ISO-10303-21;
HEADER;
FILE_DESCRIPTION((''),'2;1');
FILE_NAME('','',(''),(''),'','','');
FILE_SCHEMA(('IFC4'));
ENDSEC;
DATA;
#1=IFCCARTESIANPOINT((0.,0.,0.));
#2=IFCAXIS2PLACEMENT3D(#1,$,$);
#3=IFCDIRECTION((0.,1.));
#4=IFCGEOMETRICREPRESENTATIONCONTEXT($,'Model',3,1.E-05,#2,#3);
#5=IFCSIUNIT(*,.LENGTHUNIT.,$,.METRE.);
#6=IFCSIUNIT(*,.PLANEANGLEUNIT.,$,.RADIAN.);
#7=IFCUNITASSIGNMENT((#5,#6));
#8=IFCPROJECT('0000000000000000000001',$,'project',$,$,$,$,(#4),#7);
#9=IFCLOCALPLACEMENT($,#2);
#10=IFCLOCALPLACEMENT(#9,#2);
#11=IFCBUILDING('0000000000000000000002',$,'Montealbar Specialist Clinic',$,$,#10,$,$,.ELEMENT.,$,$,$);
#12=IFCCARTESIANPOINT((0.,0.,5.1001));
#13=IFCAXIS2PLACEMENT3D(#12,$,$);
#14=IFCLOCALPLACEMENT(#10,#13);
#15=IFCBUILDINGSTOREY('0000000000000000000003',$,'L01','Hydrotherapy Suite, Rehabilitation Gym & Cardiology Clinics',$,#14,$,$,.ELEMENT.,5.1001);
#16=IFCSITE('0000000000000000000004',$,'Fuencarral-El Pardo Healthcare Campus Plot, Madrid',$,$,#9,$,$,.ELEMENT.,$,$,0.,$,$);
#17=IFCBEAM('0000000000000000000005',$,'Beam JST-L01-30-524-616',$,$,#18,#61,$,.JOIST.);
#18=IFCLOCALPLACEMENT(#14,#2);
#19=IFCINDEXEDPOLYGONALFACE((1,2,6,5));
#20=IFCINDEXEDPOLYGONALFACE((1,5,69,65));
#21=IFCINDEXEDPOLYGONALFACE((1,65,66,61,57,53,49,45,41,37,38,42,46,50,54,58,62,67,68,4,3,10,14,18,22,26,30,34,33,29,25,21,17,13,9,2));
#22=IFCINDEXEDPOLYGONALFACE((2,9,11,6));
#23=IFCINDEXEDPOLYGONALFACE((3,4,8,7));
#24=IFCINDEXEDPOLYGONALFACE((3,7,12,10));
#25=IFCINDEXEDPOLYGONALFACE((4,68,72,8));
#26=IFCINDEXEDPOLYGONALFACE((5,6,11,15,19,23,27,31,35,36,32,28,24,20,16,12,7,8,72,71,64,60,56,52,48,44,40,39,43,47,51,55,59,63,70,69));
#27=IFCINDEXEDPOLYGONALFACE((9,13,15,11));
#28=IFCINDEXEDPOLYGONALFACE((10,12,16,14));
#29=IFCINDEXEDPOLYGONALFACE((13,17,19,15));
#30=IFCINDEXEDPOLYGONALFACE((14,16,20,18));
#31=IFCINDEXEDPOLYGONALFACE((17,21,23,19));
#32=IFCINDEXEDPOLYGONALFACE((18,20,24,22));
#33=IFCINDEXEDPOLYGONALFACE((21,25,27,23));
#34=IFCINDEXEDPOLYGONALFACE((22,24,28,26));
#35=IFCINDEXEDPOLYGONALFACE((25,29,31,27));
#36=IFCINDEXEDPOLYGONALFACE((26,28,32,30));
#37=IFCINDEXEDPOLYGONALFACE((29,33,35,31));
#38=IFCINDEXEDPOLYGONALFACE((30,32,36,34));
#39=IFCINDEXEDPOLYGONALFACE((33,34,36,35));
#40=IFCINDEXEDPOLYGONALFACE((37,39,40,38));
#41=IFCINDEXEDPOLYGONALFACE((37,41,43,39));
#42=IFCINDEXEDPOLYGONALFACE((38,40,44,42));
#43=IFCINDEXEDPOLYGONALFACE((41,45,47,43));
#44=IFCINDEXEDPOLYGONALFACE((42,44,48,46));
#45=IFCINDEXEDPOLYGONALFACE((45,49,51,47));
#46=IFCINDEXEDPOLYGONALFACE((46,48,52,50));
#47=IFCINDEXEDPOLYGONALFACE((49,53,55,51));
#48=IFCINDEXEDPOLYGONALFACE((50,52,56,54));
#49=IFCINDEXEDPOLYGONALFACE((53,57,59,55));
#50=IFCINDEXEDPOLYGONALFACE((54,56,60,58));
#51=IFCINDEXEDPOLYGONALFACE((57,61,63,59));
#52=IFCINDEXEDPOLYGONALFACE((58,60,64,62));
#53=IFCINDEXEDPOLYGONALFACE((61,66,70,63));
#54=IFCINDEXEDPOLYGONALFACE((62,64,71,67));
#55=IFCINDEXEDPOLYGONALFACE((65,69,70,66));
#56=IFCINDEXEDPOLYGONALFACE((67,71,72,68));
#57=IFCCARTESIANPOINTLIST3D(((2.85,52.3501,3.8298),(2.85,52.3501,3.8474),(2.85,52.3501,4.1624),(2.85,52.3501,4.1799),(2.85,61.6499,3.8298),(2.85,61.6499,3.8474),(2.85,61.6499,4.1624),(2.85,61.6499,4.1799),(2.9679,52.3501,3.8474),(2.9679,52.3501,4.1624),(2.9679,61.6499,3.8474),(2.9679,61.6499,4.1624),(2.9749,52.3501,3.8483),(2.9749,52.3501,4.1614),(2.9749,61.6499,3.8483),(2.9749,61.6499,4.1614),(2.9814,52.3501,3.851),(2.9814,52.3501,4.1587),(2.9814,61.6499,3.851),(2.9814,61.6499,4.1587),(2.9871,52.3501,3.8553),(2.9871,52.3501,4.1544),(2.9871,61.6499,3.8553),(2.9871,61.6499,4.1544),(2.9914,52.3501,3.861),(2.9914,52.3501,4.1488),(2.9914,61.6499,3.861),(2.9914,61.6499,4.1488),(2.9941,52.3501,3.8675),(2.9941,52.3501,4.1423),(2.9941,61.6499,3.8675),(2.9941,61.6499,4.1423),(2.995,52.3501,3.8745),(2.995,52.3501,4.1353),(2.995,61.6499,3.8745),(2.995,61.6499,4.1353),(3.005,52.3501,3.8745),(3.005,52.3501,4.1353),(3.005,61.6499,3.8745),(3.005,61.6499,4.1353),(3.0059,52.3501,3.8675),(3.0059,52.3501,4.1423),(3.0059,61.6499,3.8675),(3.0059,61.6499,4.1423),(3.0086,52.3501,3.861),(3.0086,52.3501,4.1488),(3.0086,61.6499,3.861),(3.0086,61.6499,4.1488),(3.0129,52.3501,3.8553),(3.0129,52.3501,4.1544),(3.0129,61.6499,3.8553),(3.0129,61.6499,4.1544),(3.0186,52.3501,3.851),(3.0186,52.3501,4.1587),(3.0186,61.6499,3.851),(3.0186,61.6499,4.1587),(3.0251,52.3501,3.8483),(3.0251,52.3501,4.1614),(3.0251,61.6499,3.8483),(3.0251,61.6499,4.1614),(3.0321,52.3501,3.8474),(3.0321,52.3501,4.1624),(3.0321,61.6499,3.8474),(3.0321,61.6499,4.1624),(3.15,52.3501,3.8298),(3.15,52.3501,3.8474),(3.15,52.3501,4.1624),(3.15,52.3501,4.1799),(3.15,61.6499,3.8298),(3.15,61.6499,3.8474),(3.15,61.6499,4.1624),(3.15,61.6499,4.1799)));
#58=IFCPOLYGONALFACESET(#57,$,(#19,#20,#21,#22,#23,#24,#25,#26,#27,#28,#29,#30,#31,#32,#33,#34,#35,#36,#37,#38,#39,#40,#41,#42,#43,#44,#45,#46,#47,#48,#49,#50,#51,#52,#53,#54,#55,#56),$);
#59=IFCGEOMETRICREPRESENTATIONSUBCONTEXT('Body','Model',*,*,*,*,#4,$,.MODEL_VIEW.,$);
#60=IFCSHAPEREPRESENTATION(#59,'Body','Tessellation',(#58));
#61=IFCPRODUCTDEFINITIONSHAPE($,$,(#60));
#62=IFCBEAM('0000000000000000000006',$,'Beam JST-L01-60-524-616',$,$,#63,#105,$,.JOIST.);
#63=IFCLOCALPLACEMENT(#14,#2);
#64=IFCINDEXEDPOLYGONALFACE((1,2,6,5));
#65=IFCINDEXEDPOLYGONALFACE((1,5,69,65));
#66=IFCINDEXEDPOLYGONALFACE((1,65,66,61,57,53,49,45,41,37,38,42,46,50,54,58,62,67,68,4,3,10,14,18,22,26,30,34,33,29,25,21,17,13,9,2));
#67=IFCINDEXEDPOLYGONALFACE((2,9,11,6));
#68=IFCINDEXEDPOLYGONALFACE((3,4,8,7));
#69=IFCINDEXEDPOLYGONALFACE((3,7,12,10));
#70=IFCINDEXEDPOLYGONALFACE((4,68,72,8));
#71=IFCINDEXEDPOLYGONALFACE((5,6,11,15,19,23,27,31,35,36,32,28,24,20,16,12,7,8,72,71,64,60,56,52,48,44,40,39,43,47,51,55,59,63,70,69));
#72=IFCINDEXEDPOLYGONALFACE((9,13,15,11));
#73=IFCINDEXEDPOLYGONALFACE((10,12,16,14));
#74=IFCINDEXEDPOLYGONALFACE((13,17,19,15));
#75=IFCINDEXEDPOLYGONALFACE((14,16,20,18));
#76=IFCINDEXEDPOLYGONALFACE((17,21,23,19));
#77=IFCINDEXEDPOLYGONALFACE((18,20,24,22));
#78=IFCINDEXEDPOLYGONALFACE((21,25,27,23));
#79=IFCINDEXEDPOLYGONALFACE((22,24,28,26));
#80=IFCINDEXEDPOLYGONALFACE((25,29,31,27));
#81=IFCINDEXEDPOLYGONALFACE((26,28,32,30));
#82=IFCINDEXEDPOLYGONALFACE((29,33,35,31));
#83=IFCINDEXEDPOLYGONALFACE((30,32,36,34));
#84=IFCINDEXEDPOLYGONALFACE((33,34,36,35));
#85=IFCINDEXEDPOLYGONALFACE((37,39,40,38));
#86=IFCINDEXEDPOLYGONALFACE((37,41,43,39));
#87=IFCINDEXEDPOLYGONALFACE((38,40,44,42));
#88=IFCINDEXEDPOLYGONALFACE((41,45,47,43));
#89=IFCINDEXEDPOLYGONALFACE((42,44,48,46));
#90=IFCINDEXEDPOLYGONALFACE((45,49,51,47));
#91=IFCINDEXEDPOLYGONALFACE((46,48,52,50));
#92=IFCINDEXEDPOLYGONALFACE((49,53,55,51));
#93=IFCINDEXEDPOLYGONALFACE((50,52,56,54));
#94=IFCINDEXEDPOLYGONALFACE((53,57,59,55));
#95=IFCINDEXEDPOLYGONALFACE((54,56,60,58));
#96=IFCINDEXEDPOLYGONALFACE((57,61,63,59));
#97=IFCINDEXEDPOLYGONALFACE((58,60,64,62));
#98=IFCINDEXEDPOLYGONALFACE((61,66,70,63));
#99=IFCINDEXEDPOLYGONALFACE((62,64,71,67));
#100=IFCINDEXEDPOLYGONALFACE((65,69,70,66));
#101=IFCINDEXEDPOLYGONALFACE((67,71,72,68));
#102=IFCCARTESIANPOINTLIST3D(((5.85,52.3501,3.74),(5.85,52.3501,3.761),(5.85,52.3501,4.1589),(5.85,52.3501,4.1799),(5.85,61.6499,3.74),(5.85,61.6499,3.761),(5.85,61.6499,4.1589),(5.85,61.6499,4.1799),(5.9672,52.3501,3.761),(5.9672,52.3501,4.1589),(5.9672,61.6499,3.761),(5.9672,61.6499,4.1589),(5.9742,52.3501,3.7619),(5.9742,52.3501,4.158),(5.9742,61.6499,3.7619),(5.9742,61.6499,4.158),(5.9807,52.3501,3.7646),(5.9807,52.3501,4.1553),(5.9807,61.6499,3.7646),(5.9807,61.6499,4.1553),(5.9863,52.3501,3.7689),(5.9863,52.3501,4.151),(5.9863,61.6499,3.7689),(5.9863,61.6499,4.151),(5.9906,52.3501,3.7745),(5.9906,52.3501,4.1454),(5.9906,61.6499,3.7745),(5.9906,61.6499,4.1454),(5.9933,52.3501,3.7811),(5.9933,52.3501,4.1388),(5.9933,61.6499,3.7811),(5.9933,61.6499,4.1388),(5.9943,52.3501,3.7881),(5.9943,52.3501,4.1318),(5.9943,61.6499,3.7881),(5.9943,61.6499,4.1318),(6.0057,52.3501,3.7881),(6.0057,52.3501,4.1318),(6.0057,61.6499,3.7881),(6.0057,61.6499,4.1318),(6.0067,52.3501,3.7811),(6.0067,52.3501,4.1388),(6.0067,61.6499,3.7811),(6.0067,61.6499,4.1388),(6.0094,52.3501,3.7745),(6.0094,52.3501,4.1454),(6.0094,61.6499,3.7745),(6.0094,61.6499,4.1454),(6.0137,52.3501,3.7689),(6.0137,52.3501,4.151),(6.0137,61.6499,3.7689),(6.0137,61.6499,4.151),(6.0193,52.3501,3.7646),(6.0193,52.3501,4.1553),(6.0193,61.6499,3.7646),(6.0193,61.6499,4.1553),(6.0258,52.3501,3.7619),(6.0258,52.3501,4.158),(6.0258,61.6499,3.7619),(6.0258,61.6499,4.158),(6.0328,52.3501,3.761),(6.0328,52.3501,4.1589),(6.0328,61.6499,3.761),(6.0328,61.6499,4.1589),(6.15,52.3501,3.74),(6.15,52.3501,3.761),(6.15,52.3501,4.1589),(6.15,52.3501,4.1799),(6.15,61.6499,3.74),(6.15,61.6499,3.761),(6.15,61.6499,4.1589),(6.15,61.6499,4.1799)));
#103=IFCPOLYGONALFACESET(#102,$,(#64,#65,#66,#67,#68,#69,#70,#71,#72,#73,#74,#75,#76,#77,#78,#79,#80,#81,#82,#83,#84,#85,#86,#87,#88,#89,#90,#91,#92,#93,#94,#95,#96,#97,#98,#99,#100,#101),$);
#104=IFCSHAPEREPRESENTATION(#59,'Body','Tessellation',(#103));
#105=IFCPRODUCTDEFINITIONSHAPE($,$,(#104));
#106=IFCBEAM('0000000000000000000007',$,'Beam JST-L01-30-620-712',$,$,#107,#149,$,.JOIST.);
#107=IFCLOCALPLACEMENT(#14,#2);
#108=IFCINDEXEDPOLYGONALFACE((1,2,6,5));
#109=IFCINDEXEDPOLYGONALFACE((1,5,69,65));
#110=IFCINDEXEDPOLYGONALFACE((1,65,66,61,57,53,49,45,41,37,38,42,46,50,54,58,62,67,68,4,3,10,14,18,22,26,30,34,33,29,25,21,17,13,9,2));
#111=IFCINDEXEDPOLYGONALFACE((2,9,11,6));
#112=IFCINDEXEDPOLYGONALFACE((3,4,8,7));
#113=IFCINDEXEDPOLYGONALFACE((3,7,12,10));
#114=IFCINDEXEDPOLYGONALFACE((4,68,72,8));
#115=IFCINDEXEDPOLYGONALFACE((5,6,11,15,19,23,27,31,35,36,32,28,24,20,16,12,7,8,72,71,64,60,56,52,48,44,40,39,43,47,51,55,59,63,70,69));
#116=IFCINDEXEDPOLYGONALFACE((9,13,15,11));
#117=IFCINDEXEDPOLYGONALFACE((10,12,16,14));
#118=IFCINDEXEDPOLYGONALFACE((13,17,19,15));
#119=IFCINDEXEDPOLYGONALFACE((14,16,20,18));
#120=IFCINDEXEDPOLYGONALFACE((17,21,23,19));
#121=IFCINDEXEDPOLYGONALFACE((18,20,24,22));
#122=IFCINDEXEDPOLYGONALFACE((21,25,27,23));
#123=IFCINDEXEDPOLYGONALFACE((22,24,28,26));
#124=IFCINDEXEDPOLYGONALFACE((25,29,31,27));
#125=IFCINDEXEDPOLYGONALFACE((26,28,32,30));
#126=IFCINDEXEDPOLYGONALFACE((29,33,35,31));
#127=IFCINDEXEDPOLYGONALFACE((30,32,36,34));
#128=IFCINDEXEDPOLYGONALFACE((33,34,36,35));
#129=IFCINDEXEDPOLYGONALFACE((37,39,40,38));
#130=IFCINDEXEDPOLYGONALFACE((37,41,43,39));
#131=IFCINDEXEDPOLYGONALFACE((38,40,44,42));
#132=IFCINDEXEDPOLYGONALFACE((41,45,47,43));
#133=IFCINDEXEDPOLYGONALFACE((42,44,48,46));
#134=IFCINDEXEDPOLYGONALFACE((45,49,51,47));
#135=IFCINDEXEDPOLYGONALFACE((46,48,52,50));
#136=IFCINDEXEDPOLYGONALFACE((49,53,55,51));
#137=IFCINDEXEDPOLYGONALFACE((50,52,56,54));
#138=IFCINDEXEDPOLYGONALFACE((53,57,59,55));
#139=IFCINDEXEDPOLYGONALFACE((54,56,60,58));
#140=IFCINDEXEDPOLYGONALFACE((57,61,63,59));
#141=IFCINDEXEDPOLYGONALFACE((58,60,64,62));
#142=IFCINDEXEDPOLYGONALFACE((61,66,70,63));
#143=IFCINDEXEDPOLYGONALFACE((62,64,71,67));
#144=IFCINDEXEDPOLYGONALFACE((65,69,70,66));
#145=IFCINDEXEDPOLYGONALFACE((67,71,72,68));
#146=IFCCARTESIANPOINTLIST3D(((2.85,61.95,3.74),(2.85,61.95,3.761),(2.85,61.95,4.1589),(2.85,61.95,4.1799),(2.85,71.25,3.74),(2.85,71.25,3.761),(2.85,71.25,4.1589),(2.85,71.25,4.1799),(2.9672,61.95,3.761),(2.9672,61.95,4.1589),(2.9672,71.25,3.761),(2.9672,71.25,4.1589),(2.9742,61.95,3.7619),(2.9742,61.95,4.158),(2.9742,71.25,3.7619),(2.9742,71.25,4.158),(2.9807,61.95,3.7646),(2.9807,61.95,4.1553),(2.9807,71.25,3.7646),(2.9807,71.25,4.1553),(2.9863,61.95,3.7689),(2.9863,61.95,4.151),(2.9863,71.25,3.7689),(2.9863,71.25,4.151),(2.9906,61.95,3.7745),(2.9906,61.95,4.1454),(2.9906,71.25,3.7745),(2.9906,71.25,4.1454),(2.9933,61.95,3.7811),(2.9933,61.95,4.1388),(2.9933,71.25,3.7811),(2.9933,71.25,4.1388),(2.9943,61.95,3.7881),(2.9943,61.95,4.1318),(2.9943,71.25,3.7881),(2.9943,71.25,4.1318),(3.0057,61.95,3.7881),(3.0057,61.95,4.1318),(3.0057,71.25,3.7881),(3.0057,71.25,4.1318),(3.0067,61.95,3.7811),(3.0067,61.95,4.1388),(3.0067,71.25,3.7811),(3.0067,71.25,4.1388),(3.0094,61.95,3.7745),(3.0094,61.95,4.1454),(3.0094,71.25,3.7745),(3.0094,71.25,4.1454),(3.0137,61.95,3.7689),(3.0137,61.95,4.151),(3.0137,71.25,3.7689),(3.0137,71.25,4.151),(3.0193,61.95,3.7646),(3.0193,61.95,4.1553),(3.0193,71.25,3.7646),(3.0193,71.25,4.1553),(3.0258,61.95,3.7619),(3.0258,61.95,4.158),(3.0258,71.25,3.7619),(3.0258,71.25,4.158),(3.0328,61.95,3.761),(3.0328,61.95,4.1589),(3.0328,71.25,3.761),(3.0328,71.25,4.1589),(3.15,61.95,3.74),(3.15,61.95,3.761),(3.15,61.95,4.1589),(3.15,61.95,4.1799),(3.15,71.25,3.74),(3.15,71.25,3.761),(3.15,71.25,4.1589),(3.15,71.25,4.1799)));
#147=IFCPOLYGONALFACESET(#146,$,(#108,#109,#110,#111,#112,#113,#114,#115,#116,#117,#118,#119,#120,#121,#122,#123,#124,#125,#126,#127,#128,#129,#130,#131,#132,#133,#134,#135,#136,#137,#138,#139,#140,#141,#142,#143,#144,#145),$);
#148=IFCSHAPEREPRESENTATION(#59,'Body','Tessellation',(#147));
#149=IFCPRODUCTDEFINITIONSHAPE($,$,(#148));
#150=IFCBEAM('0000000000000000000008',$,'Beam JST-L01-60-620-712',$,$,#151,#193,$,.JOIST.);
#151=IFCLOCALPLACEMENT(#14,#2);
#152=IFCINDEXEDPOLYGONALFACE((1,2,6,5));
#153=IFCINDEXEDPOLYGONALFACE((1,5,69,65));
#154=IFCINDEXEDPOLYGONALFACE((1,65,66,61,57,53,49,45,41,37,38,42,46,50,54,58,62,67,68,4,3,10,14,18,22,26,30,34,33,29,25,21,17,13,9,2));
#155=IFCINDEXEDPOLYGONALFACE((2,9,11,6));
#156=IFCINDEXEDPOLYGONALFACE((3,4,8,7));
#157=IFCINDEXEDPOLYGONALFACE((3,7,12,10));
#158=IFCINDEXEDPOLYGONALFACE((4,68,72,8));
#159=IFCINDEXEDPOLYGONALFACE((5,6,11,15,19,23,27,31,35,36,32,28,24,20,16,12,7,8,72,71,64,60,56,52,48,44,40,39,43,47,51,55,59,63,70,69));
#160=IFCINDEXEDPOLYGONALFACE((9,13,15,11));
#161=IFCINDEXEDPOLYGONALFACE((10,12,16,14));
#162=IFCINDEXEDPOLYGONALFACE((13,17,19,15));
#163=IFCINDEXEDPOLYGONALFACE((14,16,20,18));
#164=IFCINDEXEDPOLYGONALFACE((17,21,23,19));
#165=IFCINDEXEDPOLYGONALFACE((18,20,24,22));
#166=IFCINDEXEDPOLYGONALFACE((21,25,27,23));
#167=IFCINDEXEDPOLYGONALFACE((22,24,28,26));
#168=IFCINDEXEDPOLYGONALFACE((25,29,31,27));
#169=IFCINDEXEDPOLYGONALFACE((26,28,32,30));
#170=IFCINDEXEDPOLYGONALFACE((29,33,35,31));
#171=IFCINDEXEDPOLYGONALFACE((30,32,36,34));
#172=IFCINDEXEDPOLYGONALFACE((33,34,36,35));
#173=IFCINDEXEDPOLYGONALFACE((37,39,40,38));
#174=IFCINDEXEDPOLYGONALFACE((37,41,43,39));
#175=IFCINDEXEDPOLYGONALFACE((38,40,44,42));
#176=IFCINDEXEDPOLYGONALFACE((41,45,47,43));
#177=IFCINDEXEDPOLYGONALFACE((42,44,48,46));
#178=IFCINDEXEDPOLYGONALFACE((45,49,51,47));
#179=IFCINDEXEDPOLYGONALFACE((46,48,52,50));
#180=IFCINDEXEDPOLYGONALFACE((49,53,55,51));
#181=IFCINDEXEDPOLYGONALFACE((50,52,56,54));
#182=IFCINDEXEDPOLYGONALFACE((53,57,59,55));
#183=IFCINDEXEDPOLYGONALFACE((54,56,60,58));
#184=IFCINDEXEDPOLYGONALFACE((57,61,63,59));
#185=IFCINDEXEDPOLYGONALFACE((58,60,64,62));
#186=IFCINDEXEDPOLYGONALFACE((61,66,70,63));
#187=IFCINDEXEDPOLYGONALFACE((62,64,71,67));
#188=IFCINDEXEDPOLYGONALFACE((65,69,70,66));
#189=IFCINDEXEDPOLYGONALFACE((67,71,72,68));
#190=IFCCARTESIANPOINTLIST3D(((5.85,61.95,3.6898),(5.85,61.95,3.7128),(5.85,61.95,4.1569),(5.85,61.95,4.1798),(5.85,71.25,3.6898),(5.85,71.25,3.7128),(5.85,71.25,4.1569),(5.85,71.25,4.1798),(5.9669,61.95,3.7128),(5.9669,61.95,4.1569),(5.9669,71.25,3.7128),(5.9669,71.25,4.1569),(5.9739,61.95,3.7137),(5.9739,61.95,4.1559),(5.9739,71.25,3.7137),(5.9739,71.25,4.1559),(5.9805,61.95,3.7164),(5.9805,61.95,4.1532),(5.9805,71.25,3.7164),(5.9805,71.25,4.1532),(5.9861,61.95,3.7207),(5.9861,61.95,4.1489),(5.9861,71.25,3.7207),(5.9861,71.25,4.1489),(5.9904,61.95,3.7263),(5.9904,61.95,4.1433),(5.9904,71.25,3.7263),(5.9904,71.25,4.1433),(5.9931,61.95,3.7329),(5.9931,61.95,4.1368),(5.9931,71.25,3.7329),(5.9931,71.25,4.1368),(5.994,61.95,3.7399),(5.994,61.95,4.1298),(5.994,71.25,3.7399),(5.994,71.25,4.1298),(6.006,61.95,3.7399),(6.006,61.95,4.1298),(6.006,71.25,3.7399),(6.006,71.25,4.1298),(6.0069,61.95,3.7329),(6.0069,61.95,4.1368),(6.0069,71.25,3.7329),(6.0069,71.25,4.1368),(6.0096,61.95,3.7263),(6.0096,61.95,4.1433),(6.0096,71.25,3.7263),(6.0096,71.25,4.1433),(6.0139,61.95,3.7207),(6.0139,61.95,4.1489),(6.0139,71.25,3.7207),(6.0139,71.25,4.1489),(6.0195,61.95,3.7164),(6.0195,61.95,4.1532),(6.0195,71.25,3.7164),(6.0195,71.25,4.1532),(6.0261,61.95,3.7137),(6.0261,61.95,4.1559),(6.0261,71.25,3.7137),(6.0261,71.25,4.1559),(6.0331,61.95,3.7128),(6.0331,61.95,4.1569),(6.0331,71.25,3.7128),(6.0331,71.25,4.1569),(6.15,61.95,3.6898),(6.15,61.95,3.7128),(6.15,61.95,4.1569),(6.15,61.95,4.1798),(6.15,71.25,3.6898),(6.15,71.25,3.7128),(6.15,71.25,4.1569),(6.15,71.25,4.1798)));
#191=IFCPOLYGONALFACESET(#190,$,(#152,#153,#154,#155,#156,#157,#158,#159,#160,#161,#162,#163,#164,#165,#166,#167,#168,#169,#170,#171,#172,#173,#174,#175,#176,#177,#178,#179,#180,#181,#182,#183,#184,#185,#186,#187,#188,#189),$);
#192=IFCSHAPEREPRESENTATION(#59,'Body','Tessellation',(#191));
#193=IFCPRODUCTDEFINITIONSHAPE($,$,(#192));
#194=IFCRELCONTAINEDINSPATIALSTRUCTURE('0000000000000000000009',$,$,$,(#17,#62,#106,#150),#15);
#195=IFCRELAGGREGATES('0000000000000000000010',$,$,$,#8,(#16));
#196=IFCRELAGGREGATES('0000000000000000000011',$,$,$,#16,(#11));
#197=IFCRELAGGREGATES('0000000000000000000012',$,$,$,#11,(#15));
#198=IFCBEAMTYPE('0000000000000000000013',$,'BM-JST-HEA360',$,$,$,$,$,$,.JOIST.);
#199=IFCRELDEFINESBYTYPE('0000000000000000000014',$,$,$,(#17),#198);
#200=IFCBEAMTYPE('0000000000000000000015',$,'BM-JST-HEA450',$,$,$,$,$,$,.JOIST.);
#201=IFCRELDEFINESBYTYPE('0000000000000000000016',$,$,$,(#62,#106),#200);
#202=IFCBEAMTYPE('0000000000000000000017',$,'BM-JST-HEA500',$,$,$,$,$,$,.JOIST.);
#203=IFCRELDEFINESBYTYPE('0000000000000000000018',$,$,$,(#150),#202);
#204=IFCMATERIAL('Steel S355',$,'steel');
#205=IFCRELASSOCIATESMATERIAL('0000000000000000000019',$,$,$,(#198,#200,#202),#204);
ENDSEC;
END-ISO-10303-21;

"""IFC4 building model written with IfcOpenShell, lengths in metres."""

from ifc_helpers import new_model, si_unit, direction, frame, origin, origin_2d, place, context, subcontext, project, spatial, i_section, extrude, material, material_profile, profile_set, type_object, element, save


model = new_model("IFC4")

# Units and contexts
model_context = context("Model", 3, precision=1e-05, world=origin(), true_north=direction((0.0, 1.0)))
body_context = subcontext(model_context, "Body", "Model", "MODEL_VIEW")
ifc_project = project(units=[si_unit("LENGTHUNIT", "METRE"), si_unit("PLANEANGLEUNIT", "RADIAN")], contexts=[model_context])

# Site, building, storey
site_placement = place(None, origin())
site = spatial("IfcSite", under=ifc_project, at=site_placement, Name="Fuencarral-El Pardo Healthcare Campus Plot, Madrid", CompositionType="ELEMENT", RefElevation=0.0)
building_placement = place(site_placement, origin())
building = spatial("IfcBuilding", under=site, at=building_placement, Name="Montealbar Specialist Clinic", CompositionType="ELEMENT")
storey_placement = place(building_placement, frame((0.0, 0.0, 5.1001)))
storey = spatial("IfcBuildingStorey", under=building, at=storey_placement, Name="L01", Description="Hydrotherapy Suite, Rehabilitation Gym & Cardiology Clinics", CompositionType="ELEMENT", Elevation=5.1001)

# Beams
ifc_material_1 = material(Name="Steel S355", Category="steel")
ifc_material_profile_1 = material_profile(ifc_material_1, i_section(OverallWidth=0.3, OverallDepth=0.3501, WebThickness=0.01, FlangeThickness=0.0176, FilletRadius=0.0271, at=origin_2d()), Name="HEA 360", Category="steel")
ifc_profile_set_1 = profile_set([ifc_material_profile_1], Name="Steel S355")
beam_type_1 = type_object("IfcBeamType", Name="BM-JST-HEA360", PredefinedType="JOIST", material=ifc_profile_set_1)
beam_1_placement = place(storey_placement, frame((3.0, 52.3501, 4.0049), z_axis=(0.0, 1.0, 0.0), x_axis=(-1.0, 0.0, 0.0)))
element("IfcBeam", 1, at=beam_1_placement, inside=storey, type_object=beam_type_1, Name="Beam JST-L01-30-524-616", PredefinedType="JOIST", context=body_context, shape_type="SweptSolid", body=[
    extrude(i_section(OverallWidth=0.3, OverallDepth=0.3501, WebThickness=0.01, FlangeThickness=0.0176, FilletRadius=0.0271, at=origin_2d()), origin(), (0.0, 0.0, 1.0), 9.2998),
])
ifc_material_profile_2 = material_profile(ifc_material_1, i_section(OverallWidth=0.3, OverallDepth=0.4399, WebThickness=0.0115, FlangeThickness=0.021, FilletRadius=0.0271, at=origin_2d()), Name="HEA 450", Category="steel")
ifc_profile_set_2 = profile_set([ifc_material_profile_2], Name="Steel S355")
beam_type_2 = type_object("IfcBeamType", Name="BM-JST-HEA450", PredefinedType="JOIST", material=ifc_profile_set_2)
beam_2_placement = place(storey_placement, frame((6.0, 52.3501, 3.96), z_axis=(0.0, 1.0, 0.0), x_axis=(-1.0, 0.0, 0.0)))
element("IfcBeam", 2, at=beam_2_placement, inside=storey, type_object=beam_type_2, Name="Beam JST-L01-60-524-616", PredefinedType="JOIST", context=body_context, shape_type="SweptSolid", body=[
    extrude(i_section(OverallWidth=0.3, OverallDepth=0.4399, WebThickness=0.0115, FlangeThickness=0.021, FilletRadius=0.0271, at=origin_2d()), origin(), (0.0, 0.0, 1.0), 9.2998),
])
beam_3_placement = place(storey_placement, frame((3.0, 61.95, 3.96), z_axis=(0.0, 1.0, 0.0), x_axis=(-1.0, 0.0, 0.0)))
element("IfcBeam", 3, at=beam_3_placement, inside=storey, type_object=beam_type_2, Name="Beam JST-L01-30-620-712", PredefinedType="JOIST", context=body_context, shape_type="SweptSolid", body=[
    extrude(i_section(OverallWidth=0.3, OverallDepth=0.4399, WebThickness=0.0115, FlangeThickness=0.021, FilletRadius=0.0271, at=origin_2d()), origin(), (0.0, 0.0, 1.0), 9.3),
])
ifc_material_profile_3 = material_profile(ifc_material_1, i_section(OverallWidth=0.3, OverallDepth=0.49, WebThickness=0.012, FlangeThickness=0.0229, FilletRadius=0.0271, at=origin_2d()), Name="HEA 500", Category="steel")
ifc_profile_set_3 = profile_set([ifc_material_profile_3], Name="Steel S355")
beam_type_3 = type_object("IfcBeamType", Name="BM-JST-HEA500", PredefinedType="JOIST", material=ifc_profile_set_3)
beam_4_placement = place(storey_placement, frame((6.0, 61.95, 3.9348), z_axis=(0.0, 1.0, 0.0), x_axis=(-1.0, 0.0, 0.0)))
element("IfcBeam", 4, at=beam_4_placement, inside=storey, type_object=beam_type_3, Name="Beam JST-L01-60-620-712", PredefinedType="JOIST", context=body_context, shape_type="SweptSolid", body=[
    extrude(i_section(OverallWidth=0.3, OverallDepth=0.49, WebThickness=0.012, FlangeThickness=0.0229, FilletRadius=0.0271, at=origin_2d()), origin(), (0.0, 0.0, 1.0), 9.3),
])

save(model, "model.ifc")
